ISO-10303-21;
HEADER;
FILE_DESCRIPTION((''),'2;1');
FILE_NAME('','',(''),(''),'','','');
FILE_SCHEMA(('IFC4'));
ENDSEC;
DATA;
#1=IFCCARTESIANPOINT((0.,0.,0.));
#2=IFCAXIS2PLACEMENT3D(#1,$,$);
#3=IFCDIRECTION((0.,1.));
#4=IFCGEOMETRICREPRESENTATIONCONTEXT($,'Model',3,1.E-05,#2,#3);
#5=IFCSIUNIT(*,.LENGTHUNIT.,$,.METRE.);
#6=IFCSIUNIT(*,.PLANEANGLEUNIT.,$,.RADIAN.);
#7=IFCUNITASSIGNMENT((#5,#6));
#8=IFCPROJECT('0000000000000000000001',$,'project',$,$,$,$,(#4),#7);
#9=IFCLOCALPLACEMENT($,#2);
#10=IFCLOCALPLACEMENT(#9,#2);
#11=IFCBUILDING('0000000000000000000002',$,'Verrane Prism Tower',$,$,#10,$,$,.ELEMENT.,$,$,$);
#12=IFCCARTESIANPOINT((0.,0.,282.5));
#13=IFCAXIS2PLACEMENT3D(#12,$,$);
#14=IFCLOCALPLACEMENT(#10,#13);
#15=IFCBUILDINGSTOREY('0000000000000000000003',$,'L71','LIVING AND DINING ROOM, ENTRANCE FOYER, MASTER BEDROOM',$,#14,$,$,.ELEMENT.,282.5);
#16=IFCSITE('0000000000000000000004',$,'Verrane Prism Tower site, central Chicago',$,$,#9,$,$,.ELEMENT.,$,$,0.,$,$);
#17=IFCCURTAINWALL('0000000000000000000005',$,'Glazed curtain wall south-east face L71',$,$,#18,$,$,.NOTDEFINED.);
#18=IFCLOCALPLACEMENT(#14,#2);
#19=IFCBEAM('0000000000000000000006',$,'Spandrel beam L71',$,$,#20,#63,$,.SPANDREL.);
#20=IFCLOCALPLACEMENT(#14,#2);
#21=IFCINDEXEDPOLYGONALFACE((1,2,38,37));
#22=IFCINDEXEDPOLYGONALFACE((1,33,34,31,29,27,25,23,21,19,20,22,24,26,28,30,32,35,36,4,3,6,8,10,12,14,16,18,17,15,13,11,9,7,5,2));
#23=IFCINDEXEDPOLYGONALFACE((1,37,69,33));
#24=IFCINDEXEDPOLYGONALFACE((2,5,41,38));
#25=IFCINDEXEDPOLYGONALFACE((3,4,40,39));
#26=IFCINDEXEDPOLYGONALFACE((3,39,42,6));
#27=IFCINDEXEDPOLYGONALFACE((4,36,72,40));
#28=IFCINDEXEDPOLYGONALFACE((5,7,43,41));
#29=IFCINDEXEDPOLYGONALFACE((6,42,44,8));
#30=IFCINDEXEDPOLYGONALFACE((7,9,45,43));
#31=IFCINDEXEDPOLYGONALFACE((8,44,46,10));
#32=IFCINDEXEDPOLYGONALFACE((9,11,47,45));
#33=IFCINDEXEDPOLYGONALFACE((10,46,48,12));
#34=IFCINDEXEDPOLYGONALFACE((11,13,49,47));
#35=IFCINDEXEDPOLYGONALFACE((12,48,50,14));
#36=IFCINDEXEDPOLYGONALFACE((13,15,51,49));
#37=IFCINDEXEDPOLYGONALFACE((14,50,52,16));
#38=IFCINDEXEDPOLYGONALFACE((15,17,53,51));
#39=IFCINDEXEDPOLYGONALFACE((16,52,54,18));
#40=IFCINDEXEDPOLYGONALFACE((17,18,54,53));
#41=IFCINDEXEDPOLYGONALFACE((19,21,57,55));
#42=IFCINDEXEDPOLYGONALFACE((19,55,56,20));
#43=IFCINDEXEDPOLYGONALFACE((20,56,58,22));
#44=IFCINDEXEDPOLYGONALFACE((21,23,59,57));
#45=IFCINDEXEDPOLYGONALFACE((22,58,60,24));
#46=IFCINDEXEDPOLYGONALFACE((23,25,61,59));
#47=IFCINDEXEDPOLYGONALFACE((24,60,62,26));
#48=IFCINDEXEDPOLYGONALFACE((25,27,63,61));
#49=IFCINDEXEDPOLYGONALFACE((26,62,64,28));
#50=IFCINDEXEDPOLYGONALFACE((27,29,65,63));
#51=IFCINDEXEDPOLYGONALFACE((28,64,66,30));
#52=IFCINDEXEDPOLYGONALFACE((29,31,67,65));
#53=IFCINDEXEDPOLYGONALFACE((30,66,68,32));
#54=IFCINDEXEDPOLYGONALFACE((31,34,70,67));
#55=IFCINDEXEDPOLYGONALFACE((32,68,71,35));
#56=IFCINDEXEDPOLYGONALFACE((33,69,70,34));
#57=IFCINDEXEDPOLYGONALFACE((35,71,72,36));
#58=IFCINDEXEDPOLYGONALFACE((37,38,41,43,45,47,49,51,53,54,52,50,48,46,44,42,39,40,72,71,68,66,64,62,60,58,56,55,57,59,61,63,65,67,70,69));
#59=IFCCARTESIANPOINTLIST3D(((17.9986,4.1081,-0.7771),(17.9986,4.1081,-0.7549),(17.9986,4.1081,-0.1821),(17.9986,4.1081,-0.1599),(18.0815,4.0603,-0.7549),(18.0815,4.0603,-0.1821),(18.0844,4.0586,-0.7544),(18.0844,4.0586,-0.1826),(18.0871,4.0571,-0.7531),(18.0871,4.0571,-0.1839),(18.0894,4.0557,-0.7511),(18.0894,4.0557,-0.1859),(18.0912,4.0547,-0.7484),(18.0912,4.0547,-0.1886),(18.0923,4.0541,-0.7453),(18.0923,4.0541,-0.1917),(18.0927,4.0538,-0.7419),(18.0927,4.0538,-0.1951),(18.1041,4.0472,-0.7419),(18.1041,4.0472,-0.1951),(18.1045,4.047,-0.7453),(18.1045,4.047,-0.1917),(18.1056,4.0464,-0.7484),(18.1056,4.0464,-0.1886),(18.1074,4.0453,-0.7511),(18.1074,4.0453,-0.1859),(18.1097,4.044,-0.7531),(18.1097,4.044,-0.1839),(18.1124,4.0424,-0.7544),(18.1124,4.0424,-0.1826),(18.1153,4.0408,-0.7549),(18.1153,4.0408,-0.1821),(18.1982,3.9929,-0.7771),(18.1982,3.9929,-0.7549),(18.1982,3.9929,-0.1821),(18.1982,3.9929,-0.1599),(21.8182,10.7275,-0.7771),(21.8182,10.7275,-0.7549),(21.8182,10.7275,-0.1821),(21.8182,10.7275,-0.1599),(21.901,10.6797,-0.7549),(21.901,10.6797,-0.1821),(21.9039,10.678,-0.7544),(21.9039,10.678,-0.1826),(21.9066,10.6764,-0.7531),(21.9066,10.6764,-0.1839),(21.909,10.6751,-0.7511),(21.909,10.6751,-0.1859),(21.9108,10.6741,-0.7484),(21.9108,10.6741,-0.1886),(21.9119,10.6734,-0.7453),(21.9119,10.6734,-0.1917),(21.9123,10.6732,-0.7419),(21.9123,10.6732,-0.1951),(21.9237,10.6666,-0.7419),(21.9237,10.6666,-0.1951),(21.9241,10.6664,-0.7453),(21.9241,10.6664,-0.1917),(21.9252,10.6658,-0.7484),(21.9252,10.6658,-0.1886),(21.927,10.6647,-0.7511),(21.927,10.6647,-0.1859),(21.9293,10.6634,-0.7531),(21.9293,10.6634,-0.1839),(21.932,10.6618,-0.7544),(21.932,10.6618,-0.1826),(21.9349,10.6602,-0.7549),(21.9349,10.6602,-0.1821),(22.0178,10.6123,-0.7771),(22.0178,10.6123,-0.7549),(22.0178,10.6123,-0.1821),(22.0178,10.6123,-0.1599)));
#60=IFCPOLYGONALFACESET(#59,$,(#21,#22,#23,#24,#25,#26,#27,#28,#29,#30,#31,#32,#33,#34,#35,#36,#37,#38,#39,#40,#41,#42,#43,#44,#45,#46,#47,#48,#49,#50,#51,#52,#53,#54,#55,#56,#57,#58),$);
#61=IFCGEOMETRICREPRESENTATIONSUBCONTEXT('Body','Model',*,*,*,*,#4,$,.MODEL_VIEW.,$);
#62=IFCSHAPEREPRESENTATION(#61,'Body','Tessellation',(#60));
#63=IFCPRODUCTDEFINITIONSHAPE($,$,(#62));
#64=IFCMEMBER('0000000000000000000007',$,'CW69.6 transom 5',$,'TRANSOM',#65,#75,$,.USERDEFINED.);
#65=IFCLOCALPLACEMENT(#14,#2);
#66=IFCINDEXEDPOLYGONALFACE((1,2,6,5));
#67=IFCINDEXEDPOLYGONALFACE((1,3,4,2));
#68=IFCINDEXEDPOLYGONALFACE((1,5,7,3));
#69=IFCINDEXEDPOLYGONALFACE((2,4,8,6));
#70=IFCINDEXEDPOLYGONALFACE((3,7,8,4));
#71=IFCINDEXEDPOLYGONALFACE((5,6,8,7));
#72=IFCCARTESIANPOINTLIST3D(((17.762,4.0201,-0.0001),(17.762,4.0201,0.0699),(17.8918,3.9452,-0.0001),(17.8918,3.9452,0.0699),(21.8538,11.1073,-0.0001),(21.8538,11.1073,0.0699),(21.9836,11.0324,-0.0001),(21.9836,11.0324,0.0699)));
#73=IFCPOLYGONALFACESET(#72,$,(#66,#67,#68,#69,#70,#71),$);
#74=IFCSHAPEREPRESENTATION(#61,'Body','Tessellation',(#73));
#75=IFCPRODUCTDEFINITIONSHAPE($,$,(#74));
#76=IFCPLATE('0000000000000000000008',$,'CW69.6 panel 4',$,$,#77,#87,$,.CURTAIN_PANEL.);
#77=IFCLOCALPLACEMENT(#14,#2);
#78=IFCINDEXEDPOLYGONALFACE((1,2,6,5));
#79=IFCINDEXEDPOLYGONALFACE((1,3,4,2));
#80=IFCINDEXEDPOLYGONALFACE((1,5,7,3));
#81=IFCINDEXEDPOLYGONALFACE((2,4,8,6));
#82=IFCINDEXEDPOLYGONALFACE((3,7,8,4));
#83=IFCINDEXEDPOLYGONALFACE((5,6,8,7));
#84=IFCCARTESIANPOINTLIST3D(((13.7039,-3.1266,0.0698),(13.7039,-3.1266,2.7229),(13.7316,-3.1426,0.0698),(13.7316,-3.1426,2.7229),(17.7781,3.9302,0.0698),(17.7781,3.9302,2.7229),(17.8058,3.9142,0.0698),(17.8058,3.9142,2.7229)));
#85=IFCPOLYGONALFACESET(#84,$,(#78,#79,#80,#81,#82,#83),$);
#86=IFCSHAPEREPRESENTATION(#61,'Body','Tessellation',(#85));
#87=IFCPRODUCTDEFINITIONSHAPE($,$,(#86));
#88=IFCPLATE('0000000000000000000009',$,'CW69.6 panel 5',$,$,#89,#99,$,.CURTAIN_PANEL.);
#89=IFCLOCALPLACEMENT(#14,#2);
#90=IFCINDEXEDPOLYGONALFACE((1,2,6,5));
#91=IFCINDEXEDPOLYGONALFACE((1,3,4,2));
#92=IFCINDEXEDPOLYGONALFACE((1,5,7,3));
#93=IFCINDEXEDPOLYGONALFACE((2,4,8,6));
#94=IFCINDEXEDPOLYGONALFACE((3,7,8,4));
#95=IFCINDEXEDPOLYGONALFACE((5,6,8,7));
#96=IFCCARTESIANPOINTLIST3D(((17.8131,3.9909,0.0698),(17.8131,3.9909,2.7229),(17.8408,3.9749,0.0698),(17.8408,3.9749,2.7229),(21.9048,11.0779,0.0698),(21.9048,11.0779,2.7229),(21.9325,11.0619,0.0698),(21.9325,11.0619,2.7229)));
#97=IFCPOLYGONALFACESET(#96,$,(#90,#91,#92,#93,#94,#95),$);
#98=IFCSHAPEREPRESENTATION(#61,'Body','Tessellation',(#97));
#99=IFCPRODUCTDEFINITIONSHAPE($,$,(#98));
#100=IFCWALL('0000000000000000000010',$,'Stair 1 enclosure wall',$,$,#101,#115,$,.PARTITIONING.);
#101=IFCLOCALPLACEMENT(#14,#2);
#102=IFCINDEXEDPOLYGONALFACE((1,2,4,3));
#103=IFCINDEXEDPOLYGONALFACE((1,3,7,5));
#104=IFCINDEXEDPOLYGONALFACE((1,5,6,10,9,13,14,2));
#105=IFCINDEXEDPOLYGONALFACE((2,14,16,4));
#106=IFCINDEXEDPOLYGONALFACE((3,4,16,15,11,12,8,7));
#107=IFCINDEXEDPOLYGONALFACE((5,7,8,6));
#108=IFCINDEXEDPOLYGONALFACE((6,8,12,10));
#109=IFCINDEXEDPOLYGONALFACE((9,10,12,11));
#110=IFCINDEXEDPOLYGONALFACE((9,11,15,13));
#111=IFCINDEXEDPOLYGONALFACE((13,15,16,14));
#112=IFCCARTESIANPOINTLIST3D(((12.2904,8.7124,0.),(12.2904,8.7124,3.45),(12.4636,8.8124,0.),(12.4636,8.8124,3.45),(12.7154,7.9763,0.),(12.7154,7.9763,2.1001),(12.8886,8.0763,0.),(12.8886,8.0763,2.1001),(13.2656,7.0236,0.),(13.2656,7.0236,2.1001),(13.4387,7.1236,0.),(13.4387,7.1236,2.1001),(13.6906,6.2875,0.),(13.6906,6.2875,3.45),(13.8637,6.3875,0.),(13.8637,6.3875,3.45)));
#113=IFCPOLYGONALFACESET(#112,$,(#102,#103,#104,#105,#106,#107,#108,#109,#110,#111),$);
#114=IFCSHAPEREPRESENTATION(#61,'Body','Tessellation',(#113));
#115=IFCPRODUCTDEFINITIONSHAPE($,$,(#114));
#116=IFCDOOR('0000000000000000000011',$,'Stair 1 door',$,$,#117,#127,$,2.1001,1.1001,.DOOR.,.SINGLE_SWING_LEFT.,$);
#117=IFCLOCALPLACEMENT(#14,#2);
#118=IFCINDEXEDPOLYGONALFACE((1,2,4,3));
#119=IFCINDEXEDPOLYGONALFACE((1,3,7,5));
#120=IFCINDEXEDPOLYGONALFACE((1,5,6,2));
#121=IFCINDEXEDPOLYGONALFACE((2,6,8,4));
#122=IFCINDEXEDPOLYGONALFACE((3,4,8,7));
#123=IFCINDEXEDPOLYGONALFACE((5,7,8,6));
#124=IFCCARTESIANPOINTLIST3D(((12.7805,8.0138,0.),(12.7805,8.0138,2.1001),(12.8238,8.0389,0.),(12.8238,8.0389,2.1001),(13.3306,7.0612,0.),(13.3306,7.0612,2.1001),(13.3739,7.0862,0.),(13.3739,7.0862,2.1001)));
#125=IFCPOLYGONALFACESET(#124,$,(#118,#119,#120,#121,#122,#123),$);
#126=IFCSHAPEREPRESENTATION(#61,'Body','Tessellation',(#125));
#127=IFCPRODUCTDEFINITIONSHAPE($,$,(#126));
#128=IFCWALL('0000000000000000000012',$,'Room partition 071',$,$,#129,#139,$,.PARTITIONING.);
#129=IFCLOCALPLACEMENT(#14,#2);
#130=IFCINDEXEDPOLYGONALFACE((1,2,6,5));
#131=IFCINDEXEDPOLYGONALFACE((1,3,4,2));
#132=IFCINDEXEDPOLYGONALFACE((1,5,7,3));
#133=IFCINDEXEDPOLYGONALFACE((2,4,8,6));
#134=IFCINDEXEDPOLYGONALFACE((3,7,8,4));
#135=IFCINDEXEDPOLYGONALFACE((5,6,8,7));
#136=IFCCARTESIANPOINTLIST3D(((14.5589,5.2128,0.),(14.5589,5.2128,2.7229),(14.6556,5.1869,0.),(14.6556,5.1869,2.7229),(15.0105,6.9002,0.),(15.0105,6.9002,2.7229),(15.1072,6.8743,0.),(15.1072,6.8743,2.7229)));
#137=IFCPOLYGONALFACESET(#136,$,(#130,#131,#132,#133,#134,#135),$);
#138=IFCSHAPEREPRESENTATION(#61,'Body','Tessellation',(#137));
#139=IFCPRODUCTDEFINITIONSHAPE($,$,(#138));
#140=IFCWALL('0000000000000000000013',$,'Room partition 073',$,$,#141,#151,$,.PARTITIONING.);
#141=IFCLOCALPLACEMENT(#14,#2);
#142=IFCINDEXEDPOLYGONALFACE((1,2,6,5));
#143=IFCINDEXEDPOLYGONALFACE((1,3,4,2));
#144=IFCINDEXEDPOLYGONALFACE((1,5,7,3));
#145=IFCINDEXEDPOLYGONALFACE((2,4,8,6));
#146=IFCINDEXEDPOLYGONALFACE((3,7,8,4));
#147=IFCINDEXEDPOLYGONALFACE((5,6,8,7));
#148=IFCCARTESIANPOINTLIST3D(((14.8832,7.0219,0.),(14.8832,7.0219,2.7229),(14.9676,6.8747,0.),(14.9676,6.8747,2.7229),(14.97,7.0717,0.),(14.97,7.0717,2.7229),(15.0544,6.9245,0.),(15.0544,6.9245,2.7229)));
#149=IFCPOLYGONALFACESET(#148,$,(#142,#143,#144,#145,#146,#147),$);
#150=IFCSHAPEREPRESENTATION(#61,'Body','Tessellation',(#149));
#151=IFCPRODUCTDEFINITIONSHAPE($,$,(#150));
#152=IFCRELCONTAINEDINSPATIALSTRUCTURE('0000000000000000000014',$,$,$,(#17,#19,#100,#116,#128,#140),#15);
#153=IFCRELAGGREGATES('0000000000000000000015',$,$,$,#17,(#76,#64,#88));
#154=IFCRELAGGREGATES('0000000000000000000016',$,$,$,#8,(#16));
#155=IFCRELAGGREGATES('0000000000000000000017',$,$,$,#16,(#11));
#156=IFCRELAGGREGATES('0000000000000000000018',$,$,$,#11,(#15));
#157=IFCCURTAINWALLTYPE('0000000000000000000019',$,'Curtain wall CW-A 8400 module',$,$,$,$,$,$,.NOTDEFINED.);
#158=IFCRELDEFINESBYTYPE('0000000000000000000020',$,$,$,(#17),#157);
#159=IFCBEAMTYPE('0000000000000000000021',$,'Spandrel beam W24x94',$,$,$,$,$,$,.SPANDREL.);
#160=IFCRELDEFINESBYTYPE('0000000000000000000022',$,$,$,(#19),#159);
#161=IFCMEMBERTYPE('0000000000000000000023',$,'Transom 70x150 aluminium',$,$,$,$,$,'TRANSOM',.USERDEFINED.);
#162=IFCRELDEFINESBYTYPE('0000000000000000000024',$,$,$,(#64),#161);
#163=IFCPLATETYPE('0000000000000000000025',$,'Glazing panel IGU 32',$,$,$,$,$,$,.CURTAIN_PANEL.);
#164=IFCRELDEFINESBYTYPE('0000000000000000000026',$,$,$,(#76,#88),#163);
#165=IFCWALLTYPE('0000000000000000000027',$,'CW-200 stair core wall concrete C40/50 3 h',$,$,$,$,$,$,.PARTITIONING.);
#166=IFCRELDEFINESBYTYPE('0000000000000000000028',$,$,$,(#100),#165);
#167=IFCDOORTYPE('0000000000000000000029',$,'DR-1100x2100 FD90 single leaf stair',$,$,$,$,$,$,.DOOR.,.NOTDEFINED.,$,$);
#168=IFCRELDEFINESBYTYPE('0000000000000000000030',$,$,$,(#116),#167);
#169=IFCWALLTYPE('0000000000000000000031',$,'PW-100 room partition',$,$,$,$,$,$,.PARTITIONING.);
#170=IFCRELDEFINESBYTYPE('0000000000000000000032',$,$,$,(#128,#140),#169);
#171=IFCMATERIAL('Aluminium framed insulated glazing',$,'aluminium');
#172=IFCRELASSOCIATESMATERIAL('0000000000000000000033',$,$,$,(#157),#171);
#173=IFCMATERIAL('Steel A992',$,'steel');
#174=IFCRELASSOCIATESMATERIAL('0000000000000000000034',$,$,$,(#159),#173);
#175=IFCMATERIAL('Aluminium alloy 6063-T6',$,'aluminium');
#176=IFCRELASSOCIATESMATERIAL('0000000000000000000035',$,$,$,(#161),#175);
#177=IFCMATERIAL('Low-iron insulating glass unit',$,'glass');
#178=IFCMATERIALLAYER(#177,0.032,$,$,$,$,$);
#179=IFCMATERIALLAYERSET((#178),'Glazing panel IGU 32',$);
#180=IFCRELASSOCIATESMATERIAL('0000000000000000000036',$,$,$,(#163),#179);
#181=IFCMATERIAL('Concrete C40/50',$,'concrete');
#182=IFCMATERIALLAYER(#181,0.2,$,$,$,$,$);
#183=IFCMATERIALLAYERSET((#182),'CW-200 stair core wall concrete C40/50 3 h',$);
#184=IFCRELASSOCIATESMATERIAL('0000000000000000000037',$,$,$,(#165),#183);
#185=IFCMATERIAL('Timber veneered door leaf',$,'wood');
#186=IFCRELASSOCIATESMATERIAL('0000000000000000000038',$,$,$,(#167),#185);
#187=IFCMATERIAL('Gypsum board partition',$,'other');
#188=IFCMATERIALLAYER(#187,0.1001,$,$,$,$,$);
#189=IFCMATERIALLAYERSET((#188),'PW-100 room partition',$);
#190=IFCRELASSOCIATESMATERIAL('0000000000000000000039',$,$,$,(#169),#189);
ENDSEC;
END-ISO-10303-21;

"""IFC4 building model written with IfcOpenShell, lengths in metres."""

from ifc_helpers import new_model, si_unit, direction, frame, frame_2d, origin, origin_2d, place, context, subcontext, project, spatial, rectangle, i_section, extrude, material, layer, layer_set, material_profile, profile_set, type_object, element, fill, aggregate, save


model = new_model("IFC4")

# Units and contexts
model_context = context("Model", 3, precision=1e-05, world=origin(), true_north=direction((0.0, 1.0)))
body_context = subcontext(model_context, "Body", "Model", "MODEL_VIEW")
ifc_project = project(units=[si_unit("LENGTHUNIT", "METRE"), si_unit("PLANEANGLEUNIT", "RADIAN")], contexts=[model_context])

# Site, building, storey
site_placement = place(None, origin())
site = spatial("IfcSite", under=ifc_project, at=site_placement, Name="Verrane Prism Tower site, central Chicago", CompositionType="ELEMENT", RefElevation=0.0)
building_placement = place(site_placement, origin())
building = spatial("IfcBuilding", under=site, at=building_placement, Name="Verrane Prism Tower", CompositionType="ELEMENT")
storey_placement = place(building_placement, frame((0.0, 0.0, 282.5)))
storey = spatial("IfcBuildingStorey", under=building, at=storey_placement, Name="L71", Description="LIVING AND DINING ROOM, ENTRANCE FOYER, MASTER BEDROOM", CompositionType="ELEMENT", Elevation=282.5)

# Curtain wall
ifc_material_1 = material(Name="Aluminium framed insulated glazing", Category="aluminium")
curtain_wall_type = type_object("IfcCurtainWallType", Name="Curtain wall CW-A 8400 module", PredefinedType="NOTDEFINED", material=ifc_material_1)
curtain_wall_placement = place(storey_placement, origin())
curtain_wall = element("IfcCurtainWall", 1, at=curtain_wall_placement, inside=storey, type_object=curtain_wall_type, Name="Glazed curtain wall south-east face L71", PredefinedType="NOTDEFINED")

# Beam
ifc_material_2 = material(Name="Steel A992", Category="steel")
ifc_material_profile_1 = material_profile(ifc_material_2, i_section(OverallWidth=0.2305, OverallDepth=0.6172, WebThickness=0.0132, FlangeThickness=0.0222, FilletRadius=0.0129, at=origin_2d()), Name="W24x94")
ifc_profile_set_1 = profile_set([ifc_material_profile_1], Name="Steel A992")
beam_type_1 = type_object("IfcBeamType", Name="Spandrel beam W24x94", PredefinedType="SPANDREL", material=ifc_profile_set_1)
beam_1_placement = place(storey_placement, frame((18.0984, 4.0505, -0.4685), z_axis=(0.499792, 0.866146, 0.0), x_axis=(-0.866146, 0.499792, 0.0)))
element("IfcBeam", 2, at=beam_1_placement, inside=storey, type_object=beam_type_1, Name="Spandrel beam L71", PredefinedType="SPANDREL", context=body_context, shape_type="SweptSolid", body=[
    extrude(i_section(OverallWidth=0.2305, OverallDepth=0.6172, WebThickness=0.0132, FlangeThickness=0.0222, FilletRadius=0.0129, at=origin_2d()), origin(), (0.0, 0.0, 1.0), 7.6423),
])

# Member
ifc_material_3 = material(Name="Aluminium alloy 6063-T6", Category="aluminium")
ifc_material_profile_2 = material_profile(ifc_material_3, rectangle(XDim=0.1499, YDim=0.0701, at=origin_2d()), Name="Transom 70x150 aluminium")
ifc_profile_set_2 = profile_set([ifc_material_profile_2], Name="Aluminium alloy 6063-T6")
member_type_1 = type_object("IfcMemberType", Name="Transom 70x150 aluminium", ElementType="TRANSOM", PredefinedType="USERDEFINED", material=ifc_profile_set_2)
member_1_placement = place(storey_placement, frame((17.8269, 3.9827, 0.0349), z_axis=(0.500002, 0.866024, 0.0), x_axis=(-0.866024, 0.500002, 0.0)))
member_1 = element("IfcMember", 3, at=member_1_placement, type_object=member_type_1, Name="CW69.6 transom 5", ObjectType="TRANSOM", PredefinedType="USERDEFINED", context=body_context, shape_type="SweptSolid", body=[
    extrude(rectangle(XDim=0.1499, YDim=0.0701, at=origin_2d()), origin(), (0.0, 0.0, 1.0), 8.1836),
])

# Plates
ifc_material_4 = material(Name="Low-iron insulating glass unit", Category="glass")
ifc_layer_1 = layer(ifc_material_4, 0.032)
ifc_layer_set_1 = layer_set([ifc_layer_1], Name="Glazing panel IGU 32")
plate_type = type_object("IfcPlateType", Name="Glazing panel IGU 32", PredefinedType="CURTAIN_PANEL", material=ifc_layer_set_1)
plate_1_placement = place(storey_placement, frame((15.7549, 0.3938, 0.0698), z_axis=(0.0, 0.0, 1.0), x_axis=(0.500001, 0.866025, 0.0)))
plate_1 = element("IfcPlate", 4, at=plate_1_placement, type_object=plate_type, Name="CW69.6 panel 4", PredefinedType="CURTAIN_PANEL", context=body_context, shape_type="SweptSolid", body=[
    extrude(rectangle(XDim=8.1484, YDim=0.032, at=origin_2d()), origin(), (0.0, 0.0, 1.0), 2.6531),
])
plate_2_placement = place(storey_placement, frame((19.8728, 7.5264, 0.0698), z_axis=(0.0, 0.0, 1.0), x_axis=(0.500001, 0.866025, 0.0)))
plate_2 = element("IfcPlate", 5, at=plate_2_placement, type_object=plate_type, Name="CW69.6 panel 5", PredefinedType="CURTAIN_PANEL", context=body_context, shape_type="SweptSolid", body=[
    extrude(rectangle(XDim=8.1833, YDim=0.032, at=origin_2d()), origin(), (0.0, 0.0, 1.0), 2.6531),
])
aggregate(curtain_wall, [plate_1, member_1, plate_2])

# Wall, opening, door
ifc_material_5 = material(Name="Concrete C40/50", Category="concrete")
ifc_layer_2 = layer(ifc_material_5, 0.2)
ifc_layer_set_2 = layer_set([ifc_layer_2], Name="CW-200 stair core wall concrete C40/50 3 h")
wall_type_1 = type_object("IfcWallType", Name="CW-200 stair core wall concrete C40/50 3 h", PredefinedType="PARTITIONING", material=ifc_layer_set_2)
wall_1_placement = place(storey_placement, frame((13.7771, 6.3376, 0.0), z_axis=(0.0, 0.0, 1.0), x_axis=(-0.50005, 0.865997, 0.0)))
wall_1 = element("IfcWall", 6, at=wall_1_placement, inside=storey, type_object=wall_type_1, Name="Stair 1 enclosure wall", PredefinedType="PARTITIONING", context=body_context, shape_type="SweptSolid", body=[
    extrude(rectangle(XDim=2.8, YDim=0.2, at=frame_2d((1.3999, 0.0))), origin(), (0.0, 0.0, 1.0), 3.45),
])
opening_1_placement = place(wall_1_placement, frame((0.8499, 0.0, 0.0)))
opening_1 = element("IfcOpeningElement", 7, at=opening_1_placement, cuts=wall_1, PredefinedType="OPENING", context=body_context, shape_type="SweptSolid", body=[
    extrude(rectangle(XDim=1.1001, YDim=2.1001, at=frame_2d((0.55, 1.05))), frame((0.0, 0.1099, 0.0), z_axis=(0.0, -1.0, 0.0), x_axis=(1.0, 0.0, 0.0)), (0.0, 0.0, 1.0), 0.22),
])
ifc_material_6 = material(Name="Timber veneered door leaf", Category="wood")
door_type_1 = type_object("IfcDoorType", Name="DR-1100x2100 FD90 single leaf stair", OperationType="NOTDEFINED", PredefinedType="DOOR", material=ifc_material_6)
door_1_placement = place(opening_1_placement, origin())
door_1 = element("IfcDoor", 8, at=door_1_placement, inside=storey, type_object=door_type_1, Name="Stair 1 door", OperationType="SINGLE_SWING_LEFT", OverallHeight=2.1001, OverallWidth=1.1001, PredefinedType="DOOR", context=body_context, shape_type="SweptSolid", body=[
    extrude(rectangle(XDim=1.1001, YDim=2.1001, at=frame_2d((0.55, 1.05))), frame((0.0, 0.0249, 0.0), z_axis=(0.0, -1.0, 0.0), x_axis=(1.0, 0.0, 0.0)), (0.0, 0.0, 1.0), 0.05),
])
fill(opening_1, door_1)

# Walls
ifc_material_7 = material(Name="Gypsum board partition", Category="other")
ifc_layer_3 = layer(ifc_material_7, 0.1001)
ifc_layer_set_3 = layer_set([ifc_layer_3], Name="PW-100 room partition")
wall_type_2 = type_object("IfcWallType", Name="PW-100 room partition", PredefinedType="PARTITIONING", material=ifc_layer_set_3)
wall_2_placement = place(storey_placement, frame((14.6072, 5.1997, 0.0), z_axis=(0.0, 0.0, 1.0), x_axis=(0.25855, 0.965998, 0.0)))
element("IfcWall", 9, at=wall_2_placement, inside=storey, type_object=wall_type_2, Name="Room partition 071", PredefinedType="PARTITIONING", context=body_context, shape_type="SweptSolid", body=[
    extrude(rectangle(XDim=1.7468, YDim=0.1001, at=frame_2d((0.8735, 0.0))), origin(), (0.0, 0.0, 1.0), 2.7229),
])
wall_3_placement = place(storey_placement, frame((14.9265, 7.0469, 0.0), z_axis=(0.0, 0.0, 1.0), x_axis=(0.497687, -0.867357, 0.0)))
element("IfcWall", 10, at=wall_3_placement, inside=storey, type_object=wall_type_2, Name="Room partition 073", PredefinedType="PARTITIONING", context=body_context, shape_type="SweptSolid", body=[
    extrude(rectangle(XDim=0.1697, YDim=0.1001, at=frame_2d((0.085, 0.0))), origin(), (0.0, 0.0, 1.0), 2.7229),
])

save(model, "model.ifc")
